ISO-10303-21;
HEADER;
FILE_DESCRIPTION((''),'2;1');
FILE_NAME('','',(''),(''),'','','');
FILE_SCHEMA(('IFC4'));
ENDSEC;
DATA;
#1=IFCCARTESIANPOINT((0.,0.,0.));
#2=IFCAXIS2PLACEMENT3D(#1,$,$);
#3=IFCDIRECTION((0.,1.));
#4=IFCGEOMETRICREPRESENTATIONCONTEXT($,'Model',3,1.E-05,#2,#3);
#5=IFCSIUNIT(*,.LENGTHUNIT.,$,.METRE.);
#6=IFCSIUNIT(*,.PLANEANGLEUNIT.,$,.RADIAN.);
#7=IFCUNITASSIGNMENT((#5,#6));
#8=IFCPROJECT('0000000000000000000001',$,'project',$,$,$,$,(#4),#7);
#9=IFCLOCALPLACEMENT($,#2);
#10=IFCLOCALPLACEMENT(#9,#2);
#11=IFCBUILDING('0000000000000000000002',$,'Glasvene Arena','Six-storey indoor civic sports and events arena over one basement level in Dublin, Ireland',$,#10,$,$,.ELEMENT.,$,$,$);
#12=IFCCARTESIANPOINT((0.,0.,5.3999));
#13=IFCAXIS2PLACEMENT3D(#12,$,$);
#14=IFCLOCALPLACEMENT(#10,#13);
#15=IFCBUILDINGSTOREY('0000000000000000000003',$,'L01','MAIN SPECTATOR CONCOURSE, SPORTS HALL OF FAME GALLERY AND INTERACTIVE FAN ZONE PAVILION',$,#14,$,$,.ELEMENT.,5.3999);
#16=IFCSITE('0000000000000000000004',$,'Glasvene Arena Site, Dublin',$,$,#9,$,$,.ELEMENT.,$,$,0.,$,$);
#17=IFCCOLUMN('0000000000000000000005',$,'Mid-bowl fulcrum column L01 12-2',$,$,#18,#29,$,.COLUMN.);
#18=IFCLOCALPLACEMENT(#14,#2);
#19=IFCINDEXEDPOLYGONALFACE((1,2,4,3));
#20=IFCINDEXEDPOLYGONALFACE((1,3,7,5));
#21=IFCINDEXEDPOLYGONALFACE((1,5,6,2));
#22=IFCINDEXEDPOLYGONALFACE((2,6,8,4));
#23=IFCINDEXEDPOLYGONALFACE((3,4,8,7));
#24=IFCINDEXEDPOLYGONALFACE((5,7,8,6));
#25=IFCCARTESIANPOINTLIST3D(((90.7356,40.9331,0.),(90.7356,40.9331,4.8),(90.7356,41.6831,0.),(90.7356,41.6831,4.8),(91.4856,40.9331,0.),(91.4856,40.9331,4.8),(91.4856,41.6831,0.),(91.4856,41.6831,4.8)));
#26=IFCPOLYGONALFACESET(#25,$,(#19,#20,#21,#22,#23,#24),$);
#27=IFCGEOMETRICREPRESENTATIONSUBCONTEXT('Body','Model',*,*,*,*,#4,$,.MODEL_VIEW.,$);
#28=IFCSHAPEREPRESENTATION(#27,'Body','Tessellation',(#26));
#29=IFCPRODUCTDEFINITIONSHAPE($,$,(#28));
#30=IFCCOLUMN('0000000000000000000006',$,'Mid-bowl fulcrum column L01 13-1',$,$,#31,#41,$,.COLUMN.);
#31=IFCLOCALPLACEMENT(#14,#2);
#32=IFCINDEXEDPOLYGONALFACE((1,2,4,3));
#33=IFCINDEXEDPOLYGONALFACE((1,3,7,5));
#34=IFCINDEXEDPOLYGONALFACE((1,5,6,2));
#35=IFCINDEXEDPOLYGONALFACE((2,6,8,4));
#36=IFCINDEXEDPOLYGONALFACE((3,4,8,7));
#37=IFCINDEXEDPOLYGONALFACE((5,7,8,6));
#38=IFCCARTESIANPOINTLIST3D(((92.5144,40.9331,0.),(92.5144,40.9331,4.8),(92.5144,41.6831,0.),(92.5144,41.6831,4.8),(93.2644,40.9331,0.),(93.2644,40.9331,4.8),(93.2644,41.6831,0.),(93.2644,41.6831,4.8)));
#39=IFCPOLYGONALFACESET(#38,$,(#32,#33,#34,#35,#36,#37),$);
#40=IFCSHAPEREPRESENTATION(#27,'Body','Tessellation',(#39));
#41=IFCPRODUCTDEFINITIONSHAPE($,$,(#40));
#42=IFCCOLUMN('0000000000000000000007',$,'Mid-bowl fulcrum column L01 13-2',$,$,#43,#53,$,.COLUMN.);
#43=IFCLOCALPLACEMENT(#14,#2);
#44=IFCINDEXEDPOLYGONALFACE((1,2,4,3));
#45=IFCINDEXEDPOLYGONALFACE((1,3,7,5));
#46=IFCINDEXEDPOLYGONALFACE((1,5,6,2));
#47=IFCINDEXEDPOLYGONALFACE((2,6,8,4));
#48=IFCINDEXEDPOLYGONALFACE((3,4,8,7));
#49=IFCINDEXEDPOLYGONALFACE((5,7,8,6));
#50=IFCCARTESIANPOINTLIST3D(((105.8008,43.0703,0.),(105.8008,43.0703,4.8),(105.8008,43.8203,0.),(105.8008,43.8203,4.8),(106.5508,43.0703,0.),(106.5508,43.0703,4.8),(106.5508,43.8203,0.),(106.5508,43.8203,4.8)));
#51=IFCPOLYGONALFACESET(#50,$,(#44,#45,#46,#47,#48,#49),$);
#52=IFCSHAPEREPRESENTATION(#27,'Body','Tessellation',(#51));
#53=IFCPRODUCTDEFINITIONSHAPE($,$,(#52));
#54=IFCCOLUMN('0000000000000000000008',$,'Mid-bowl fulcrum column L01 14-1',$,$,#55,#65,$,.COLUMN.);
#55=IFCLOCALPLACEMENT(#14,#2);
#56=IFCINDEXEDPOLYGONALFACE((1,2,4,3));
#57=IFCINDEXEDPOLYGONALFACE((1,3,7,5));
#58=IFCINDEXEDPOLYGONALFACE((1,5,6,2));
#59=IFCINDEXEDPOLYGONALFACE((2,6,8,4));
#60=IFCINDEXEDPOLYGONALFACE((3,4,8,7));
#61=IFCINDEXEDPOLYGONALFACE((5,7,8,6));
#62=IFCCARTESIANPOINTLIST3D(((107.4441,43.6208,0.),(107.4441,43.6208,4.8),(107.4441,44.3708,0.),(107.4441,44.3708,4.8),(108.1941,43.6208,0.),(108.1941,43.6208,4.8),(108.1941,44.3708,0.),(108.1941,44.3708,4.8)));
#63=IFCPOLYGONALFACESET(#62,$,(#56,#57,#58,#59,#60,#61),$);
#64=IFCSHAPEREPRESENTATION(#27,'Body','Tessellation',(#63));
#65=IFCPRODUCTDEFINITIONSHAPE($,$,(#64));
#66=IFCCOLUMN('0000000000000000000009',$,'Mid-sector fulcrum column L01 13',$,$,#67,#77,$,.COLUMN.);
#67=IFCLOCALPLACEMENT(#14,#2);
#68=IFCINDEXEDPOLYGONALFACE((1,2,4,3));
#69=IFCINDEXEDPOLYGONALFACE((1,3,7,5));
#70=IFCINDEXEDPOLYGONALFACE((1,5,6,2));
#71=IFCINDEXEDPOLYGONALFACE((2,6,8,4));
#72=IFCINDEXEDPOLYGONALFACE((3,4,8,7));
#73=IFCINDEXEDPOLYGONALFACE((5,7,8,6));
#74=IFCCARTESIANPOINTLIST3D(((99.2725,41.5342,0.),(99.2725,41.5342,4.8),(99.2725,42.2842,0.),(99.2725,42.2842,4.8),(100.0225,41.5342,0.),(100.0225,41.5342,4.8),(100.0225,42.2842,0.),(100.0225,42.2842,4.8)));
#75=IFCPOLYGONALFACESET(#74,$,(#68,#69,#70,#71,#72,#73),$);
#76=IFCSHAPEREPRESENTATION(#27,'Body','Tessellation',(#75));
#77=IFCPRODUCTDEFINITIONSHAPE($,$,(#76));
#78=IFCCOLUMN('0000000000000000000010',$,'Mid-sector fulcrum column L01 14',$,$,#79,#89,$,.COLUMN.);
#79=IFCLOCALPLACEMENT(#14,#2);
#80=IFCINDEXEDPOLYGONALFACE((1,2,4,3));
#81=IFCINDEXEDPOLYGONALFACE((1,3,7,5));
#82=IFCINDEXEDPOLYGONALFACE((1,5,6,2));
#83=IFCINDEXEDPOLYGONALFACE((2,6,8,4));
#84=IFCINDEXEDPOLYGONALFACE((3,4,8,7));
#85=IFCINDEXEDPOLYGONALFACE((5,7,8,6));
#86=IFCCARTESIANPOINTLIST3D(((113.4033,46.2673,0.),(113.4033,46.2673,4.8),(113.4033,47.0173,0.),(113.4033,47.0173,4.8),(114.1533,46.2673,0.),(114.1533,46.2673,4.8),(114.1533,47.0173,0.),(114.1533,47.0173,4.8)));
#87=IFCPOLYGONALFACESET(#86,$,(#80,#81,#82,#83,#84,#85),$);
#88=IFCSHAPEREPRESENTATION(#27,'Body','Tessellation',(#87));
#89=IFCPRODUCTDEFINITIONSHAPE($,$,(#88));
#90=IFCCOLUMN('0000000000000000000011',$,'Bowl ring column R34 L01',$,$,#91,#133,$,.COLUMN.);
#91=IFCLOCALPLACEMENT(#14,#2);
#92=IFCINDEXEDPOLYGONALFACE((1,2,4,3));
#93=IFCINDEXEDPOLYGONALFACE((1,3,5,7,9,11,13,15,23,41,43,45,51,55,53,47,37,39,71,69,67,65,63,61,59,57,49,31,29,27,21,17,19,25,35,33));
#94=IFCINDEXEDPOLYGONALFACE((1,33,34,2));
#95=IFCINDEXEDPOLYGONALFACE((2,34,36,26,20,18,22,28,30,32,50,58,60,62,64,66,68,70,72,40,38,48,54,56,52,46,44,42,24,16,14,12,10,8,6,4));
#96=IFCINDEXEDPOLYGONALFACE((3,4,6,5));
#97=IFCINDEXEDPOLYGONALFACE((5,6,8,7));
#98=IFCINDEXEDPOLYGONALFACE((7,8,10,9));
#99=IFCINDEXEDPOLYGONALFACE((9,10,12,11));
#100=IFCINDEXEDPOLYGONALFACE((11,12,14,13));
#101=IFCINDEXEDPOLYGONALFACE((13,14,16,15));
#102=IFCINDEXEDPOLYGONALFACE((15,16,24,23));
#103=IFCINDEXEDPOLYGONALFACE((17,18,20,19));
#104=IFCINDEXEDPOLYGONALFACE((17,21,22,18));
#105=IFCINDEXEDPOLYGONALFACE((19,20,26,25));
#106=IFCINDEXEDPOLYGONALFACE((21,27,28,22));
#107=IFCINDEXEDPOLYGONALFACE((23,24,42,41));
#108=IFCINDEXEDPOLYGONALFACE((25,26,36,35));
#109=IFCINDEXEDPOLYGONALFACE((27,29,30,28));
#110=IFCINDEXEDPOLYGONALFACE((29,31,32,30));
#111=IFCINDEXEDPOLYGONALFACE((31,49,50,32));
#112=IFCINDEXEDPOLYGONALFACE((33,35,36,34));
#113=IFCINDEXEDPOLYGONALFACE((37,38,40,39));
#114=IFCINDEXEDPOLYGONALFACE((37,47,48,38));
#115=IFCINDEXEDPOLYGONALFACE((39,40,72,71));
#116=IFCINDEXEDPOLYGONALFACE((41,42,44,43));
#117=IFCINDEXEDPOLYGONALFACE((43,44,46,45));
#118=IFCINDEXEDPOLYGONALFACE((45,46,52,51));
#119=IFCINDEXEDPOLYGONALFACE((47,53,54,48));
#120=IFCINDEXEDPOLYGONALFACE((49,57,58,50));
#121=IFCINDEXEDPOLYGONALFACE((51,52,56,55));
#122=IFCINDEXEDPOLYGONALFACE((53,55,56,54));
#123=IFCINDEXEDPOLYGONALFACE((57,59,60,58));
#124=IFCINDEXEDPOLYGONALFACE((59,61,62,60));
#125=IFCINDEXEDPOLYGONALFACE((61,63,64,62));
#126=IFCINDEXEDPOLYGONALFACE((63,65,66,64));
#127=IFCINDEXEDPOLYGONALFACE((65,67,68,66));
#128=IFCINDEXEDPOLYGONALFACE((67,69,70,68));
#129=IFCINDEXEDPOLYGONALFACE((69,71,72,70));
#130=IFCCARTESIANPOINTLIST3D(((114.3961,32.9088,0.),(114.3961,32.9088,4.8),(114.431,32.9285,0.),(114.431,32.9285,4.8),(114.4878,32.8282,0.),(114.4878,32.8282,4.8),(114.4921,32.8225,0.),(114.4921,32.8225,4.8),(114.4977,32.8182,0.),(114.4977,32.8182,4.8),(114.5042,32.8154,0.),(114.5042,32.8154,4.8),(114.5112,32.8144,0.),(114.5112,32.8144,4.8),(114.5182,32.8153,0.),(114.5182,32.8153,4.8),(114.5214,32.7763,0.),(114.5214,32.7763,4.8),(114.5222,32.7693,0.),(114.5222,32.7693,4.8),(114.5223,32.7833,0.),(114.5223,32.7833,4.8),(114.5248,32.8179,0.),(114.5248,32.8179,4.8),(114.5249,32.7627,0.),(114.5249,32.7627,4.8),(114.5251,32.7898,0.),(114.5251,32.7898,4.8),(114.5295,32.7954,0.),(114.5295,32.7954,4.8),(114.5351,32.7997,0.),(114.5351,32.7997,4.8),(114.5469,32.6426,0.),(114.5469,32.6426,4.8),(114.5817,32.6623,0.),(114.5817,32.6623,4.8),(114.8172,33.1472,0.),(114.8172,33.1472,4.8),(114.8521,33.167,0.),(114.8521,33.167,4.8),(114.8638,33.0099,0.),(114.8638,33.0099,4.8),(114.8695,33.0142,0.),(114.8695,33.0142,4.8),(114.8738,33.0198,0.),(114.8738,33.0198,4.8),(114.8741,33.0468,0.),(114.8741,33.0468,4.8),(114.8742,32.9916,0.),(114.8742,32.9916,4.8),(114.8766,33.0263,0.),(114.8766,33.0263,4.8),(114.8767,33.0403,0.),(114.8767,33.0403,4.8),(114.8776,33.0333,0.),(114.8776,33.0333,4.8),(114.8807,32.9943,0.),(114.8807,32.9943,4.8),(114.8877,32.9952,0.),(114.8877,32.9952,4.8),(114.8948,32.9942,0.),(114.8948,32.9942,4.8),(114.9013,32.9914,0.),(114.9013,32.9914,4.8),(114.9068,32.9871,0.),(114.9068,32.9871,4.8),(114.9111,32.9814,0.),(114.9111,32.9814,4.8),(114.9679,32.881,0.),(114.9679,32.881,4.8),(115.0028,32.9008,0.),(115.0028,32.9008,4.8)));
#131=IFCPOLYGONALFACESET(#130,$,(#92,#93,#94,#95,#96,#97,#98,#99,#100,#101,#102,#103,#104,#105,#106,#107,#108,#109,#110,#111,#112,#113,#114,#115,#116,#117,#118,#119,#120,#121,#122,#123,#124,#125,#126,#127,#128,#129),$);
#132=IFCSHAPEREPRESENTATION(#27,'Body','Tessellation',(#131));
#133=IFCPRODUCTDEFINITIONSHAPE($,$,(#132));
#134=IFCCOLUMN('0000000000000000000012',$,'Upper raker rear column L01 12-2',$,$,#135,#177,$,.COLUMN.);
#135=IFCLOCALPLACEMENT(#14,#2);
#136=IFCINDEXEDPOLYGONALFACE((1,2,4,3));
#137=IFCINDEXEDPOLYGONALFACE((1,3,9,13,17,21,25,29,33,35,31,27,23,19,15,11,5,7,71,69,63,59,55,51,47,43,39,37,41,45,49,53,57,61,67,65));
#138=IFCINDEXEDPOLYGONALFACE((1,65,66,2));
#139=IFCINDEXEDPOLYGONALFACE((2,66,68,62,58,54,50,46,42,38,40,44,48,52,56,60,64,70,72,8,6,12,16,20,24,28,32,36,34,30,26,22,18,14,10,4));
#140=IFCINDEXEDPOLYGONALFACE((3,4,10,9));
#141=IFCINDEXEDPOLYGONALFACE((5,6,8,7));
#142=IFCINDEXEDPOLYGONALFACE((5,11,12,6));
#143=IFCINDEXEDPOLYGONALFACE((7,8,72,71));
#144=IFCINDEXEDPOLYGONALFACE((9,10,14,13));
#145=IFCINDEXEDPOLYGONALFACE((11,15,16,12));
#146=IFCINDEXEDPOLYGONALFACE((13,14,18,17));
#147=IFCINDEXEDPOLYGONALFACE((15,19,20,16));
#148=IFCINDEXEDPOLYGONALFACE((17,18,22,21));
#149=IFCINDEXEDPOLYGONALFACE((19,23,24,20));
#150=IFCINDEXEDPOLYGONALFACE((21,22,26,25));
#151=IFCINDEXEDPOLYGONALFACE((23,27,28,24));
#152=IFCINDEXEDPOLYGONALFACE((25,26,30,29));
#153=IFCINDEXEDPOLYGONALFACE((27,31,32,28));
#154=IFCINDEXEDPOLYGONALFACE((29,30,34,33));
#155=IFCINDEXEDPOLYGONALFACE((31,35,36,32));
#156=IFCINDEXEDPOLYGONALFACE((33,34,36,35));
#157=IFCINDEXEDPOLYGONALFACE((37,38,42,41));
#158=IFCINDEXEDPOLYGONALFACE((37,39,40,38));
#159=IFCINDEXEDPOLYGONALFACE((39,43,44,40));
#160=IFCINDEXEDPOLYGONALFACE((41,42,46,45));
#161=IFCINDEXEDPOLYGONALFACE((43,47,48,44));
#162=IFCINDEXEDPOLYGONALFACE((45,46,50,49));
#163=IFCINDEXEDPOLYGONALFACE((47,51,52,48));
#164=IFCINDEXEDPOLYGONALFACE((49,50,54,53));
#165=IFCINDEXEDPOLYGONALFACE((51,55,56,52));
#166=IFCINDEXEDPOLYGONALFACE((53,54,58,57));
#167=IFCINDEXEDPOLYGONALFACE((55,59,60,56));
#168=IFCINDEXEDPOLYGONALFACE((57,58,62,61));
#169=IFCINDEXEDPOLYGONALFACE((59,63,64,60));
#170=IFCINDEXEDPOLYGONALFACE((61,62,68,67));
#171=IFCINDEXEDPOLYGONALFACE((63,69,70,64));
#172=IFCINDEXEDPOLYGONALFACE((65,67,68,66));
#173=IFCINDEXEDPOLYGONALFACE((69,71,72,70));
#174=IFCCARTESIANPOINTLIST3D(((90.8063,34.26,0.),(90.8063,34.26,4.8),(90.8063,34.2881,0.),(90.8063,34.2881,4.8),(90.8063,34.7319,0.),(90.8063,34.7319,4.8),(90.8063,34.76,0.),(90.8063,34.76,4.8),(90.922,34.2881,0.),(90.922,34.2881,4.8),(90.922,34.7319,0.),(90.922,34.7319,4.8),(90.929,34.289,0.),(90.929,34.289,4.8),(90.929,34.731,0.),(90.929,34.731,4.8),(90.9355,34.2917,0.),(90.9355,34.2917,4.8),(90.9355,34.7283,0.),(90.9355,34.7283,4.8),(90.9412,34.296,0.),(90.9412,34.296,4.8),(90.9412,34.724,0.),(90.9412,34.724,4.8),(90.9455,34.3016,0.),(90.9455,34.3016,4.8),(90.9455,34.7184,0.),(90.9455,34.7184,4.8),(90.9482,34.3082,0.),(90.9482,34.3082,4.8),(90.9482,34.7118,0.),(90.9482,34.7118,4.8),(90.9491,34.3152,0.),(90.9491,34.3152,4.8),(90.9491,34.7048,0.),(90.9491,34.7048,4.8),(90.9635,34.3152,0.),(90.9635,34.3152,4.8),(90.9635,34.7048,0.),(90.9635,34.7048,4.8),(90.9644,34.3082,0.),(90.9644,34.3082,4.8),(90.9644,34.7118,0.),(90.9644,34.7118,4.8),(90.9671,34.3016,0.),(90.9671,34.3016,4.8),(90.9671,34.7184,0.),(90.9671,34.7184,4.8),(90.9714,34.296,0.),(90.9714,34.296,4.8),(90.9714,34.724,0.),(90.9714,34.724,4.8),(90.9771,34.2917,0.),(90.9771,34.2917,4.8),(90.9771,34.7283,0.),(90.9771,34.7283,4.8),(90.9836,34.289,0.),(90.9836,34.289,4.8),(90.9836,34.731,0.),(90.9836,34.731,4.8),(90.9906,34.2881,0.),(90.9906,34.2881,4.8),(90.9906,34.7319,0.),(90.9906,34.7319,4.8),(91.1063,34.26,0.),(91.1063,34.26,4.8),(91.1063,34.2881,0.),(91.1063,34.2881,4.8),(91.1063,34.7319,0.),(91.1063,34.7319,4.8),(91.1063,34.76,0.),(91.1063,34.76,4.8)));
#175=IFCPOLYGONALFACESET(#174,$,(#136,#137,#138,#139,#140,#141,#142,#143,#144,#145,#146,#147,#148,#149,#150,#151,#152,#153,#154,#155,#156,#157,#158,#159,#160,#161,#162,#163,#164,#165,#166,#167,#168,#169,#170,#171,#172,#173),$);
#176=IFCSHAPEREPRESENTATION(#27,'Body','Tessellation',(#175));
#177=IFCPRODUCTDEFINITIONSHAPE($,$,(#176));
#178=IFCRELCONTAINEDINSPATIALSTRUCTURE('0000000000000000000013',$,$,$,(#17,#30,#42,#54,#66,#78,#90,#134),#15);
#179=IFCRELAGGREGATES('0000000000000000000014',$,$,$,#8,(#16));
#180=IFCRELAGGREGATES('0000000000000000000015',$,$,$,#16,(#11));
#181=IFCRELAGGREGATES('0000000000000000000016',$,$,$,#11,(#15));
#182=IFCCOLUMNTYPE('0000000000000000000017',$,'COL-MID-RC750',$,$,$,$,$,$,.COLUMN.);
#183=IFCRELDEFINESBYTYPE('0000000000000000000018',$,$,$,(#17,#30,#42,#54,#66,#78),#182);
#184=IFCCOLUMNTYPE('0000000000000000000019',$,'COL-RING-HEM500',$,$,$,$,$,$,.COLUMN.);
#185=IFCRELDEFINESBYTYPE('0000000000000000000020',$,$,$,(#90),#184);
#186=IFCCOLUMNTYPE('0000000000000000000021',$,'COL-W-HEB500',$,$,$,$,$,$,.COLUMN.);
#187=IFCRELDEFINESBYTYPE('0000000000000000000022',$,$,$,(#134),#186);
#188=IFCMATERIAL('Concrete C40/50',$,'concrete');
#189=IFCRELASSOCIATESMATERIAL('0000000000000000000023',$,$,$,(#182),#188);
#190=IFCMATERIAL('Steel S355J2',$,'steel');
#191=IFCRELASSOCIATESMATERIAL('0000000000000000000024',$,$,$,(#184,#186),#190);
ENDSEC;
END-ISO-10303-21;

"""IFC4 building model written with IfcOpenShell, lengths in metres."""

from ifc_helpers import new_model, si_unit, direction, frame, origin, origin_2d, place, context, subcontext, project, spatial, rectangle, i_section, extrude, material, material_profile, profile_set, type_object, element, save


model = new_model("IFC4")

# Units and contexts
model_context = context("Model", 3, precision=1e-05, world=origin(), true_north=direction((0.0, 1.0)))
body_context = subcontext(model_context, "Body", "Model", "MODEL_VIEW")
ifc_project = project(units=[si_unit("LENGTHUNIT", "METRE"), si_unit("PLANEANGLEUNIT", "RADIAN")], contexts=[model_context])

# Site, building, storey
site_placement = place(None, origin())
site = spatial("IfcSite", under=ifc_project, at=site_placement, Name="Glasvene Arena Site, Dublin", CompositionType="ELEMENT", RefElevation=0.0)
building_placement = place(site_placement, origin())
building = spatial("IfcBuilding", under=site, at=building_placement, Name="Glasvene Arena", Description="Six-storey indoor civic sports and events arena over one basement level in Dublin, Ireland", CompositionType="ELEMENT")
storey_placement = place(building_placement, frame((0.0, 0.0, 5.3999)))
storey = spatial("IfcBuildingStorey", under=building, at=storey_placement, Name="L01", Description="MAIN SPECTATOR CONCOURSE, SPORTS HALL OF FAME GALLERY AND INTERACTIVE FAN ZONE PAVILION", CompositionType="ELEMENT", Elevation=5.3999)

# Columns
ifc_material_1 = material(Name="Concrete C40/50", Category="concrete")
ifc_material_profile_1 = material_profile(ifc_material_1, rectangle(XDim=0.75, YDim=0.75, at=origin_2d()), Name="RC 750x750")
ifc_profile_set_1 = profile_set([ifc_material_profile_1], Name="Concrete C40/50")
column_type_1 = type_object("IfcColumnType", Name="COL-MID-RC750", PredefinedType="COLUMN", material=ifc_profile_set_1)
for number, where, z_axis, x_axis, name in (
    (1, (91.1106, 41.3081, 0.0), (0.0, 0.0, 1.0), (1.0, 0.0, 0.0), "Mid-bowl fulcrum column L01 12-2"),
    (2, (92.8894, 41.3081, 0.0), (0.0, 0.0, 1.0), (1.0, 0.0, 0.0), "Mid-bowl fulcrum column L01 13-1"),
    (3, (106.1758, 43.4453, 0.0), (0.0, 0.0, 1.0), (1.0, 0.0, 0.0), "Mid-bowl fulcrum column L01 13-2"),
    (4, (107.8191, 43.9958, 0.0), (0.0, 0.0, 1.0), (1.0, 0.0, 0.0), "Mid-bowl fulcrum column L01 14-1"),
    (5, (99.6475, 41.9092, 0.0), (0.0, 0.0, 1.0), (1.0, 0.0, 0.0), "Mid-sector fulcrum column L01 13"),
    (6, (113.7783, 46.6423, 0.0), (0.0, 0.0, 1.0), (1.0, 0.0, 0.0), "Mid-sector fulcrum column L01 14"),
):
    element("IfcColumn", number, at=place(storey_placement, frame(where, z_axis=z_axis, x_axis=x_axis)), inside=storey, type_object=column_type_1, Name=name, PredefinedType="COLUMN", context=body_context, shape_type="SweptSolid", body=[
        extrude(rectangle(XDim=0.75, YDim=0.75, at=origin_2d()), origin(), (0.0, 0.0, 1.0), 4.8),
    ])
ifc_material_2 = material(Name="Steel S355J2", Category="steel")
ifc_material_profile_2 = material_profile(ifc_material_2, i_section(OverallWidth=0.3059, OverallDepth=0.5239, WebThickness=0.021, FlangeThickness=0.04, FilletRadius=0.0271, at=origin_2d()), Name="HEM 500")
ifc_profile_set_2 = profile_set([ifc_material_profile_2], Name="Steel S355J2")
column_type_2 = type_object("IfcColumnType", Name="COL-RING-HEM500", PredefinedType="COLUMN", material=ifc_profile_set_2)
column_placement = place(storey_placement, frame((114.6995, 32.9048, 0.0), z_axis=(0.0, 0.0, 1.0), x_axis=(0.492727, -0.870184, 0.0)))
element("IfcColumn", 7, at=column_placement, inside=storey, type_object=column_type_2, Name="Bowl ring column R34 L01", PredefinedType="COLUMN", context=body_context, shape_type="SweptSolid", body=[
    extrude(i_section(OverallWidth=0.3059, OverallDepth=0.5239, WebThickness=0.021, FlangeThickness=0.04, FilletRadius=0.0271, at=origin_2d()), origin(), (0.0, 0.0, 1.0), 4.8),
])
ifc_material_profile_3 = material_profile(ifc_material_2, i_section(OverallWidth=0.3, OverallDepth=0.5, WebThickness=0.0144, FlangeThickness=0.0281, FilletRadius=0.0271, at=origin_2d()), Name="HEB 500")
ifc_profile_set_3 = profile_set([ifc_material_profile_3], Name="Steel S355J2")
column_type_3 = type_object("IfcColumnType", Name="COL-W-HEB500", PredefinedType="COLUMN", material=ifc_profile_set_3)
for number, where, z_axis, x_axis, name in (
    (8, (90.9563, 34.51, 0.0), (0.0, 0.0, 1.0), (1.0, 0.0, 0.0), "Upper raker rear column L01 12-2"),
):
    element("IfcColumn", number, at=place(storey_placement, frame(where, z_axis=z_axis, x_axis=x_axis)), inside=storey, type_object=column_type_3, Name=name, PredefinedType="COLUMN", context=body_context, shape_type="SweptSolid", body=[
        extrude(i_section(OverallWidth=0.3, OverallDepth=0.5, WebThickness=0.0144, FlangeThickness=0.0281, FilletRadius=0.0271, at=origin_2d()), origin(), (0.0, 0.0, 1.0), 4.8),
    ])

save(model, "model.ifc")
